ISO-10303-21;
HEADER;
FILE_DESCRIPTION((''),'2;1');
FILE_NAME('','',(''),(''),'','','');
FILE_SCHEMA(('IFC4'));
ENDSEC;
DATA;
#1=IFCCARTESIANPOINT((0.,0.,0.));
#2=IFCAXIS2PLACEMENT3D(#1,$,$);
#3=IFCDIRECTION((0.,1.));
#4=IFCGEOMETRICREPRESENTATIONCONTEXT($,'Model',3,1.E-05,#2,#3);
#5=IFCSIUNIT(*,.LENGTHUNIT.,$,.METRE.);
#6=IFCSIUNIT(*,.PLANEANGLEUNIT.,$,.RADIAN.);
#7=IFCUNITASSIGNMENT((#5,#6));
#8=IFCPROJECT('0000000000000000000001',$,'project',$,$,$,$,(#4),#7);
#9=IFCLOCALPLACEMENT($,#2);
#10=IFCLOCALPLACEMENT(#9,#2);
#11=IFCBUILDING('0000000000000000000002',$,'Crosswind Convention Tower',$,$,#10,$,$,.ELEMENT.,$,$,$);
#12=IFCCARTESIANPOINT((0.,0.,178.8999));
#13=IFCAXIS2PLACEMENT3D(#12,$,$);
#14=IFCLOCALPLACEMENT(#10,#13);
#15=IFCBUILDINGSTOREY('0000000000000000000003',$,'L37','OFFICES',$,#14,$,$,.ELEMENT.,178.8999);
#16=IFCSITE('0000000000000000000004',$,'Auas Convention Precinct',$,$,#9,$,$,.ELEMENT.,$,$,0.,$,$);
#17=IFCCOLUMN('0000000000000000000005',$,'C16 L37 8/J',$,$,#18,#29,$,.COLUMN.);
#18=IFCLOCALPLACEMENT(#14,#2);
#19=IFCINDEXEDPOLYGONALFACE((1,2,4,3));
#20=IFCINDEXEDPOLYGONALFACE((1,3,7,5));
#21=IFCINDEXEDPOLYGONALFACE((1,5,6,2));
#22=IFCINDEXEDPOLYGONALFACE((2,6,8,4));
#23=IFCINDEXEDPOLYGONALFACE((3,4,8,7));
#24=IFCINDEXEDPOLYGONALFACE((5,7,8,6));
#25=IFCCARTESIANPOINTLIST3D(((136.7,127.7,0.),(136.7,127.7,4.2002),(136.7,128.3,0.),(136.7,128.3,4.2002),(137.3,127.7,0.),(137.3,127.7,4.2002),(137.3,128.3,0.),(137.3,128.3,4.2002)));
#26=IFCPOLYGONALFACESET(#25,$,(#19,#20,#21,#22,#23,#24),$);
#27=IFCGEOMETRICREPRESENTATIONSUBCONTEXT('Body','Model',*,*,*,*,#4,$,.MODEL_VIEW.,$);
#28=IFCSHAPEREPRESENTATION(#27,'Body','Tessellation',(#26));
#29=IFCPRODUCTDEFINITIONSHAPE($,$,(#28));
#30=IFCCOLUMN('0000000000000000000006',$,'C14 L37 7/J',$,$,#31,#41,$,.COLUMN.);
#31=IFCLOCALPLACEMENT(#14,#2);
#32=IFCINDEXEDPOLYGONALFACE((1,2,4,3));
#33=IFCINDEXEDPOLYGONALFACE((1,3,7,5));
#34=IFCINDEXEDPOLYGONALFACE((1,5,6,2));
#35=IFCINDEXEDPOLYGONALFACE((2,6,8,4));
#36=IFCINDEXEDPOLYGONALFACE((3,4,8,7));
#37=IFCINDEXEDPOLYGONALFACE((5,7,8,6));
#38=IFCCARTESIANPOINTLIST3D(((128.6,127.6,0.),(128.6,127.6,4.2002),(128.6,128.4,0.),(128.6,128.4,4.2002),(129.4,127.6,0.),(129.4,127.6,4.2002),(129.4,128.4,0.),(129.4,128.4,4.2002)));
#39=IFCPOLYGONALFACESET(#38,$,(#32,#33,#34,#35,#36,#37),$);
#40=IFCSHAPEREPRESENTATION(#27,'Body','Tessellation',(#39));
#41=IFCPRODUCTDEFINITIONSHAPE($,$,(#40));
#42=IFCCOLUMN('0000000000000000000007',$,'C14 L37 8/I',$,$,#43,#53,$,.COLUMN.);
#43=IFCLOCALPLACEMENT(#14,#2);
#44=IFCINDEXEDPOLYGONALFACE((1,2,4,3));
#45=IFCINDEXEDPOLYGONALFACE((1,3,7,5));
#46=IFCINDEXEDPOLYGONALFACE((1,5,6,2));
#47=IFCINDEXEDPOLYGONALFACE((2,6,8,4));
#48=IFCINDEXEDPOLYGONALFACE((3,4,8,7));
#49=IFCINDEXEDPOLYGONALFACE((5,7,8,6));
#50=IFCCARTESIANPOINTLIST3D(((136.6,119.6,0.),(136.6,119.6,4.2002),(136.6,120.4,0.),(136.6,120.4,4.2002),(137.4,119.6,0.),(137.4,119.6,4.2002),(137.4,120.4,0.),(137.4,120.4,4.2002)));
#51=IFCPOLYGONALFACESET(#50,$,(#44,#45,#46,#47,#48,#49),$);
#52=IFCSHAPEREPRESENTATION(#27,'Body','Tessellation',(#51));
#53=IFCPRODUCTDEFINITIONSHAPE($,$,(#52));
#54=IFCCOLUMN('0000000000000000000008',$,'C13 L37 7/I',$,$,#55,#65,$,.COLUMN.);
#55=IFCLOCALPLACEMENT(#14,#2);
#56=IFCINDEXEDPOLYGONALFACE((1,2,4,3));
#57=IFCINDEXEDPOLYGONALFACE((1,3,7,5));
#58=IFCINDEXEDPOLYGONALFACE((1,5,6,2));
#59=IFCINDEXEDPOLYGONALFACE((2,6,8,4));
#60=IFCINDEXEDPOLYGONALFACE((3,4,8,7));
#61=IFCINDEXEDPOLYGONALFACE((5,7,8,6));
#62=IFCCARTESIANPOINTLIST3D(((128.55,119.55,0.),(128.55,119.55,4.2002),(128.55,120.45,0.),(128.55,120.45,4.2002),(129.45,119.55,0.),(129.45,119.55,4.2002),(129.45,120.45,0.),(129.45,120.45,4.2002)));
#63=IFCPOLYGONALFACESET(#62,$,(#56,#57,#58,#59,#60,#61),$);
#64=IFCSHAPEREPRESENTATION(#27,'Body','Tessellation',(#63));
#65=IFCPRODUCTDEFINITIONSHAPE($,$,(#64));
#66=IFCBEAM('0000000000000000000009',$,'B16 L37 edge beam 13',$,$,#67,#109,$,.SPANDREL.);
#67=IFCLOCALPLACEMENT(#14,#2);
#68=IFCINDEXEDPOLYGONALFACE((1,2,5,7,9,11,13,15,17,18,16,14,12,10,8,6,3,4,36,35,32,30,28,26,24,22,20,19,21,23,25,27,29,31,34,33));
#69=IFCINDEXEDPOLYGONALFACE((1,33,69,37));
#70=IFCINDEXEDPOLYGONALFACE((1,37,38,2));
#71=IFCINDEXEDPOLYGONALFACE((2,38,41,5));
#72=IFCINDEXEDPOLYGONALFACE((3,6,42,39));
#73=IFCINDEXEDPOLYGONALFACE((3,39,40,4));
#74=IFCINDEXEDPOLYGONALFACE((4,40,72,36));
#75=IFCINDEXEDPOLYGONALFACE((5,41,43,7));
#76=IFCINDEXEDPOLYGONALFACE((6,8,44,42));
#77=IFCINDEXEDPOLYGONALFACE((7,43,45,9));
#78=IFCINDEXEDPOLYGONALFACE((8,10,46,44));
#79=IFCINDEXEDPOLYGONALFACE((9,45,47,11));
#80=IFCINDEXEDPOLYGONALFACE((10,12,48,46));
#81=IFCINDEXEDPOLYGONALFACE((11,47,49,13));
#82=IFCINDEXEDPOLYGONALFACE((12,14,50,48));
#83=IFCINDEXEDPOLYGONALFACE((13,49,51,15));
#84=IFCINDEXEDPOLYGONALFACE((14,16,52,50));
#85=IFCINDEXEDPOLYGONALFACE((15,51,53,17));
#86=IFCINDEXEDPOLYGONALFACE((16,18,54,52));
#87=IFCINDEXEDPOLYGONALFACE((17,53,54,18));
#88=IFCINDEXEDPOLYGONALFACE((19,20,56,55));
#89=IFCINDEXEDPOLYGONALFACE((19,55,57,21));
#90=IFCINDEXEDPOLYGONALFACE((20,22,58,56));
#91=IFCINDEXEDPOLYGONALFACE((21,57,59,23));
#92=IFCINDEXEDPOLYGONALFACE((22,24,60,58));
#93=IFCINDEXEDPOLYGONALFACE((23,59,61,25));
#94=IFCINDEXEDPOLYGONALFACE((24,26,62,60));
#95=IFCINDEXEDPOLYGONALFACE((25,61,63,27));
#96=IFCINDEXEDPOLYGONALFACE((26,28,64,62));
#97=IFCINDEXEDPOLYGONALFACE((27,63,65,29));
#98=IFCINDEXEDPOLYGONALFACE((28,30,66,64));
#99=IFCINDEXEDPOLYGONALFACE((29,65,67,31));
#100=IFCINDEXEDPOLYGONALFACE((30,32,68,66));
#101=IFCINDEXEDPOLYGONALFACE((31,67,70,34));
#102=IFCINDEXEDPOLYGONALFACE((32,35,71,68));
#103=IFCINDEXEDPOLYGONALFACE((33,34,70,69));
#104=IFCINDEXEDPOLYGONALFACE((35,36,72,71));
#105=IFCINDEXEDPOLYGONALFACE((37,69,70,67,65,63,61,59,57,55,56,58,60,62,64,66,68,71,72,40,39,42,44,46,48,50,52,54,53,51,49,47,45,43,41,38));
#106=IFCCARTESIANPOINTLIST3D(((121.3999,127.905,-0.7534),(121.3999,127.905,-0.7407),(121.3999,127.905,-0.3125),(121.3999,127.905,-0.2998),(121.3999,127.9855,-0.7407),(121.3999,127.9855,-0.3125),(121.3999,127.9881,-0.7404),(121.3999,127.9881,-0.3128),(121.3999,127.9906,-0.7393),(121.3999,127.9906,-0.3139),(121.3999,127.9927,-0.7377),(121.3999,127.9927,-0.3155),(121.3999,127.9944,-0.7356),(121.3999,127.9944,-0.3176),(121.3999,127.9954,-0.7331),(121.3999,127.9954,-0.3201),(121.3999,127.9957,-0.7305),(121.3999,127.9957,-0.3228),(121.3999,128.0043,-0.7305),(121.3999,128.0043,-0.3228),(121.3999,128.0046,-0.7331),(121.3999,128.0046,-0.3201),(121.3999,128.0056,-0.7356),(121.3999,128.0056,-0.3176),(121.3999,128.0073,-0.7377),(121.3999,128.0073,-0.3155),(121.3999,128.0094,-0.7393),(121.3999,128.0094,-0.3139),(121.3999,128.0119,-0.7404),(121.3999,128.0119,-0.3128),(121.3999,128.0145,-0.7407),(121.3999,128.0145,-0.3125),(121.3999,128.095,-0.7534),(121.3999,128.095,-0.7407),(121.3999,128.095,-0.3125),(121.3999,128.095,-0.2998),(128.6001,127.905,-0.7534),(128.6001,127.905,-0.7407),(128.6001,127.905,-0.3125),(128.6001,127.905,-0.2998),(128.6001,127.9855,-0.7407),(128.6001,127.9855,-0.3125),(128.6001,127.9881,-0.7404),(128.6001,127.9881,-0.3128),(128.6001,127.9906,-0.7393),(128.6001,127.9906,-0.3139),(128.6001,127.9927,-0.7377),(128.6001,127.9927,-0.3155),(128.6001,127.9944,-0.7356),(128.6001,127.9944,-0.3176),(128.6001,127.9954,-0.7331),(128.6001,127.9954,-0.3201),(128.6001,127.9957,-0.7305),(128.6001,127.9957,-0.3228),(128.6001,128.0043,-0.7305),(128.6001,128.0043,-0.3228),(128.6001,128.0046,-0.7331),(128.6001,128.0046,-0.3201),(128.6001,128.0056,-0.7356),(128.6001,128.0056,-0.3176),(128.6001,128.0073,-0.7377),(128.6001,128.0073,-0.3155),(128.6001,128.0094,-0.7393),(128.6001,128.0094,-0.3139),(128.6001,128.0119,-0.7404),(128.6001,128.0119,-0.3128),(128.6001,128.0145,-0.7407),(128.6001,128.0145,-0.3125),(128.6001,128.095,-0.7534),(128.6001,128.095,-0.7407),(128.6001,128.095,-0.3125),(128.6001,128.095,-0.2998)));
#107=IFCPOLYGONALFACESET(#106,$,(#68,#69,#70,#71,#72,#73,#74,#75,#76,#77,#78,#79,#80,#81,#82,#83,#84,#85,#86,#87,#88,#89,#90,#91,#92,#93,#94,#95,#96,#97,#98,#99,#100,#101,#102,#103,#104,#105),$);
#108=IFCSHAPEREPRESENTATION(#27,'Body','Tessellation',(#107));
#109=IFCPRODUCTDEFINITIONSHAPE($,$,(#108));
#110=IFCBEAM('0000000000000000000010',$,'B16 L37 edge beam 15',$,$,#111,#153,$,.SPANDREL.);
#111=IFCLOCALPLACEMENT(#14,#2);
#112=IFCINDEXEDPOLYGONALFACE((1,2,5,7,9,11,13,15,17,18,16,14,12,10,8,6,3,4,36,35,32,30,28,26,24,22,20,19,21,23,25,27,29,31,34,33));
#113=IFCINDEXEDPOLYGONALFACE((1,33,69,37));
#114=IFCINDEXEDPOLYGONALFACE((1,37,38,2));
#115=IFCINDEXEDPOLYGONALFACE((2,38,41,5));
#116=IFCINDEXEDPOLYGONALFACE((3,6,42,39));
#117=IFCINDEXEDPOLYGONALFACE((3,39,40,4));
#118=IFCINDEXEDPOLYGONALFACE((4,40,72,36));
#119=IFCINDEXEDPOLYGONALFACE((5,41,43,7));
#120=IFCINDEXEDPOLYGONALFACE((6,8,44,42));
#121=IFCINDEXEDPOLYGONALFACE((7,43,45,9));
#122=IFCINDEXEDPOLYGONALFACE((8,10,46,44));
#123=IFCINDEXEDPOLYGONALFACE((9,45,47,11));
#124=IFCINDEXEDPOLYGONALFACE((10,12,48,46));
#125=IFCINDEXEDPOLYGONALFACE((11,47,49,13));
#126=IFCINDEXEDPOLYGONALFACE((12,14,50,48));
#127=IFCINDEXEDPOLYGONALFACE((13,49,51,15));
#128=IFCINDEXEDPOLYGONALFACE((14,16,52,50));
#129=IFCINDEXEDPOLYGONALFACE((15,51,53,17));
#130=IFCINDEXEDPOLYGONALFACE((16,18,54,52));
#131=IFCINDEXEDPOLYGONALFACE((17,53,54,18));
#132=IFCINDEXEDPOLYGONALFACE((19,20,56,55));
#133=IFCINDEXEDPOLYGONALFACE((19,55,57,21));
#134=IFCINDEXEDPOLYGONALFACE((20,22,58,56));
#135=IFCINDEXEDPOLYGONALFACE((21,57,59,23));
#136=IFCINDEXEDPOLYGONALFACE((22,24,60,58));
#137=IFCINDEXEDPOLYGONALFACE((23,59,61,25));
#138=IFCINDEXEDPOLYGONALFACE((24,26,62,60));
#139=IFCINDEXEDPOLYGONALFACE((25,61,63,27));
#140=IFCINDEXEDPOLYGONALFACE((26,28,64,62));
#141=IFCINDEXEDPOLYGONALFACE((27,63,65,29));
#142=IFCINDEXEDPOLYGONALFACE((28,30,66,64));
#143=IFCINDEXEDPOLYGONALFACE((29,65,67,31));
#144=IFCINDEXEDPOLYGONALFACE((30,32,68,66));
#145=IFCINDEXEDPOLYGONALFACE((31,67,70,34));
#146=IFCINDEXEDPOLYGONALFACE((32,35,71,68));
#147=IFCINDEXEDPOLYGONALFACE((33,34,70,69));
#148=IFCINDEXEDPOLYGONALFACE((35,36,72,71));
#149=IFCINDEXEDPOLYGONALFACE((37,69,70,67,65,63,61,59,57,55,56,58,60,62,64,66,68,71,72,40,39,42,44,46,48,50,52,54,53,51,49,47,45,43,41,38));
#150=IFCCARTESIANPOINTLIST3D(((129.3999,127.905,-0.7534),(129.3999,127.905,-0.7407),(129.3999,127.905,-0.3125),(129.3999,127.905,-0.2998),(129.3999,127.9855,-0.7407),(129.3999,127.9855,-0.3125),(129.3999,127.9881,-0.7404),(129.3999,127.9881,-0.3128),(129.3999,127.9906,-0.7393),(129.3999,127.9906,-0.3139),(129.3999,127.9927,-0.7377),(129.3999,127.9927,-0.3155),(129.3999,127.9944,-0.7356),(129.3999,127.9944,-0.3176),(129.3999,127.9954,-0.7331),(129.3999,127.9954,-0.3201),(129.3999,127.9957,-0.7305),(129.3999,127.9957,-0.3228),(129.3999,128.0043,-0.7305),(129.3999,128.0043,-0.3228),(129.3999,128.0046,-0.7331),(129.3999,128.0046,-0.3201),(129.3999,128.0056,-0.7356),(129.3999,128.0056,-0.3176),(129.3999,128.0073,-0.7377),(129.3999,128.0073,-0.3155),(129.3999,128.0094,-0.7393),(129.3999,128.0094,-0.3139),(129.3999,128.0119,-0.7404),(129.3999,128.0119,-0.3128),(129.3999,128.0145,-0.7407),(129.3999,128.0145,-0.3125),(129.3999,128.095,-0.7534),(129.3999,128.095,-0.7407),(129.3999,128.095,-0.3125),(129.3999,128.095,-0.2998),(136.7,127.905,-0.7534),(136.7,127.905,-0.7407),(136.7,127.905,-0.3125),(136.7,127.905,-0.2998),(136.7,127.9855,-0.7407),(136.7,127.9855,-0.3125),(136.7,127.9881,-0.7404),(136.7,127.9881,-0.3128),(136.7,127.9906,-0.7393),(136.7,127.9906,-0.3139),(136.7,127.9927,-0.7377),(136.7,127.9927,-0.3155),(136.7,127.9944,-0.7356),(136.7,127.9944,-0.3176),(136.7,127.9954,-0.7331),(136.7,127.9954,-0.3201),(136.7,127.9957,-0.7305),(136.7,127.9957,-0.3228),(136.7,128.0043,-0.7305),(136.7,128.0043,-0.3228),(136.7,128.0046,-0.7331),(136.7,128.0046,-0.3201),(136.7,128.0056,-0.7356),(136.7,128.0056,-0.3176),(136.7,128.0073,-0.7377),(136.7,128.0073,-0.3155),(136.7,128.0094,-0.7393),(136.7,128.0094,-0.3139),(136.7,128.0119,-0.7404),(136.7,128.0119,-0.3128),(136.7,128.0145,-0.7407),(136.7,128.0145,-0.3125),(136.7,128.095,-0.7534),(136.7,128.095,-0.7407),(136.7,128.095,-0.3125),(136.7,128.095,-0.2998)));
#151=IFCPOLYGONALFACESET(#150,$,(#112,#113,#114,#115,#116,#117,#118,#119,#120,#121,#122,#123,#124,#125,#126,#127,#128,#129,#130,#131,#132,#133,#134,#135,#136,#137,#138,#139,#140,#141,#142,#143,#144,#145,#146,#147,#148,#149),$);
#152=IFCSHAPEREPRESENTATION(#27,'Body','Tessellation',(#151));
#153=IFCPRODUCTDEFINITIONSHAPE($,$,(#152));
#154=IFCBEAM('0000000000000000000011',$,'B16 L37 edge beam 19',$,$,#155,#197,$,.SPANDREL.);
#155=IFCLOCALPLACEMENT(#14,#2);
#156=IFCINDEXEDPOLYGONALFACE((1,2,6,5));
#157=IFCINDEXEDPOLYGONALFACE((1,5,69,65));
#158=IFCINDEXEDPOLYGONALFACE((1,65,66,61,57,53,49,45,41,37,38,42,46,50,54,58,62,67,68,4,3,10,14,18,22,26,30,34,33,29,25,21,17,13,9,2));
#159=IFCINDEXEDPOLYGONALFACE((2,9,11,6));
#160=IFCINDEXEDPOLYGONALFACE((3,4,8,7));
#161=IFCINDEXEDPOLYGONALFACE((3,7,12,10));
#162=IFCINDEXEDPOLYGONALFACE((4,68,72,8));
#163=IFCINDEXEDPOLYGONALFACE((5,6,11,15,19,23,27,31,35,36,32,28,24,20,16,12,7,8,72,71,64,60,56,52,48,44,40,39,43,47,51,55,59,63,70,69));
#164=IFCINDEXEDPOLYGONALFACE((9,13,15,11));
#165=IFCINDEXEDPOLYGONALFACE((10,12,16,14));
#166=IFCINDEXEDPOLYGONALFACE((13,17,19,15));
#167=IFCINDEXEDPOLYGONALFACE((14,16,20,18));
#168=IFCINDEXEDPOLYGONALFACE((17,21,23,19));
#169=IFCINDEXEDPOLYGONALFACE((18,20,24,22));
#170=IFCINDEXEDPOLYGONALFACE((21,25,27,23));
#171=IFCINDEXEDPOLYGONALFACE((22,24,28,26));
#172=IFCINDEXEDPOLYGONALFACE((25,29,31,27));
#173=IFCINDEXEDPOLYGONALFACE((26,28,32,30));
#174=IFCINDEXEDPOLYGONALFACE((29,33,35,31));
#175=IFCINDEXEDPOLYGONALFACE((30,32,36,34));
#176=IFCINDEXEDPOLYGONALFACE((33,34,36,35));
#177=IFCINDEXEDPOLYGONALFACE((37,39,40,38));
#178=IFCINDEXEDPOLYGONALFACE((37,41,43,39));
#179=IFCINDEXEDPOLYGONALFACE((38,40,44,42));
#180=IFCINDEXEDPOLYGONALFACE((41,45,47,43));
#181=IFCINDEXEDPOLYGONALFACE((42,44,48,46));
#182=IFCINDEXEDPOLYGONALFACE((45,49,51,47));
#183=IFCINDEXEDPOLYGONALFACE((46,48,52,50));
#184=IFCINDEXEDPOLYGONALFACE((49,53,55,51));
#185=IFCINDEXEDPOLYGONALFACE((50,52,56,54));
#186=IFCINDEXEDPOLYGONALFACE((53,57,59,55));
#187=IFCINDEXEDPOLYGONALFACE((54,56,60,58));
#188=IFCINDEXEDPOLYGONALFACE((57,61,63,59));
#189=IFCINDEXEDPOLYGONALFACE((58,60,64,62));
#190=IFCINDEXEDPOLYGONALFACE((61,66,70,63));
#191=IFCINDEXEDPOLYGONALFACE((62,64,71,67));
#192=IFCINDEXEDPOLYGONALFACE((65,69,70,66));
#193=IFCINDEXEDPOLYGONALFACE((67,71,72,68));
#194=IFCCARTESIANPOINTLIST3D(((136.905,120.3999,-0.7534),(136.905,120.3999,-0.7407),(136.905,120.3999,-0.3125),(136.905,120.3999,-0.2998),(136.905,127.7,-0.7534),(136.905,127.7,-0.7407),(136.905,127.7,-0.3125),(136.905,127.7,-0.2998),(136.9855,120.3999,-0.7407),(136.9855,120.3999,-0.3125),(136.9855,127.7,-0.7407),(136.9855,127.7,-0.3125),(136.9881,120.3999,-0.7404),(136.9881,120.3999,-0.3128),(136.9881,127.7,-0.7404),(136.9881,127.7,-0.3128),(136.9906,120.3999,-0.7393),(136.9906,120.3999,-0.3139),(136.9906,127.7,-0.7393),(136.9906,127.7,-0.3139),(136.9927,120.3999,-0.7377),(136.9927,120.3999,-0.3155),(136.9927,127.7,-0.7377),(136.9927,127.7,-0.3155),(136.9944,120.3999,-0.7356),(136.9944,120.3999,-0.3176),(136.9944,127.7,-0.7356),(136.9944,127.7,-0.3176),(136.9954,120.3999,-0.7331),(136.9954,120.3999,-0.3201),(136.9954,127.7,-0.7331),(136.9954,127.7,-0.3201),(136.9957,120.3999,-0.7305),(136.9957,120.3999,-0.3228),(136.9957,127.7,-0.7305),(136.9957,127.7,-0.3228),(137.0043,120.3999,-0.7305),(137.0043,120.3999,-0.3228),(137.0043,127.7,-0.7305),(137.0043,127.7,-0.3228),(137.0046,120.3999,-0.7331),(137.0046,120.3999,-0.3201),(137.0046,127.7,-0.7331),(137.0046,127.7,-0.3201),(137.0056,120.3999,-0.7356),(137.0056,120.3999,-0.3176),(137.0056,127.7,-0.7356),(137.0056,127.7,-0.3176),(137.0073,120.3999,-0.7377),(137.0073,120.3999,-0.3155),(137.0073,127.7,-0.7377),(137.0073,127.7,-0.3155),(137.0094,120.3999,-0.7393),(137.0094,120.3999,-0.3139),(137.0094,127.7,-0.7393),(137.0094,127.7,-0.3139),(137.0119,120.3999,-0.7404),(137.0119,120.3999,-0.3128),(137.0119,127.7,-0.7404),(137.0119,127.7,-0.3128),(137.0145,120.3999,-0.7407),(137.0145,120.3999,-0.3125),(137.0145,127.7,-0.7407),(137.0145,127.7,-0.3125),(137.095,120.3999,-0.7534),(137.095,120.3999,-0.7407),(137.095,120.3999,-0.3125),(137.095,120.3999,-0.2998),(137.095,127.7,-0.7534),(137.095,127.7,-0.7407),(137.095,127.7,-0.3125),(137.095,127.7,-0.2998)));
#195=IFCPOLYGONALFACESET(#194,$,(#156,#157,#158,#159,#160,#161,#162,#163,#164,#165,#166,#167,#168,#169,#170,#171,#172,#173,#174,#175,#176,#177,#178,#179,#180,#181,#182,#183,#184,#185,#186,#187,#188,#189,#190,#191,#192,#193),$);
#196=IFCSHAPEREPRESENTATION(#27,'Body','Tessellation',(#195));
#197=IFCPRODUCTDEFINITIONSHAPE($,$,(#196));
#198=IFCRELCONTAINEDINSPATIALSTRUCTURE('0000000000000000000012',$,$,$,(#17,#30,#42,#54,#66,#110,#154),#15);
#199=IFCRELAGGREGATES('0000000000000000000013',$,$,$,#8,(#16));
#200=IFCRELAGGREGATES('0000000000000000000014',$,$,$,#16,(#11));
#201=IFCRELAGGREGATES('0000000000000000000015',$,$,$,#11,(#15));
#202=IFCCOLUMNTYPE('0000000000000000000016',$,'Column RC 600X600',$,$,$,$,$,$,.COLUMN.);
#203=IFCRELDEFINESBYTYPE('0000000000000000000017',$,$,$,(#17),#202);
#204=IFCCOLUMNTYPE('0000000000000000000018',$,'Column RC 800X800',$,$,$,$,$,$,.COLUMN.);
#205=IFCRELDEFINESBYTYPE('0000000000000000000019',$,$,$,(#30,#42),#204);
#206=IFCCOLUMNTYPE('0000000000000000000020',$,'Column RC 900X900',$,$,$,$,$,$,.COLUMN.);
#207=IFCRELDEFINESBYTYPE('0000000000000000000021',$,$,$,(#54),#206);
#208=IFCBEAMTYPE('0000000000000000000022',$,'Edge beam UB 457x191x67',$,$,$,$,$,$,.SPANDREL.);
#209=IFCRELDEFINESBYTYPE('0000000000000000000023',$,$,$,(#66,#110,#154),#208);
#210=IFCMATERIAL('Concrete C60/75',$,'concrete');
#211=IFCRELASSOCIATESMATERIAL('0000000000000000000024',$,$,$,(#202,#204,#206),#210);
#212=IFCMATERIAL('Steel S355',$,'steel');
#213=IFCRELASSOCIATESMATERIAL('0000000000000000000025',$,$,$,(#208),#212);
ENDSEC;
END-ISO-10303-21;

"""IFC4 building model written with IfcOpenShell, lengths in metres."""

from ifc_helpers import new_model, si_unit, direction, frame, origin, origin_2d, place, context, subcontext, project, spatial, rectangle, i_section, extrude, material, material_profile, profile_set, type_object, element, save


model = new_model("IFC4")

# Units and contexts
model_context = context("Model", 3, precision=1e-05, world=origin(), true_north=direction((0.0, 1.0)))
body_context = subcontext(model_context, "Body", "Model", "MODEL_VIEW")
ifc_project = project(units=[si_unit("LENGTHUNIT", "METRE"), si_unit("PLANEANGLEUNIT", "RADIAN")], contexts=[model_context])

# Site, building, storey
site_placement = place(None, origin())
site = spatial("IfcSite", under=ifc_project, at=site_placement, Name="Auas Convention Precinct", CompositionType="ELEMENT", RefElevation=0.0)
building_placement = place(site_placement, origin())
building = spatial("IfcBuilding", under=site, at=building_placement, Name="Crosswind Convention Tower", CompositionType="ELEMENT")
storey_placement = place(building_placement, frame((0.0, 0.0, 178.8999)))
storey = spatial("IfcBuildingStorey", under=building, at=storey_placement, Name="L37", Description="OFFICES", CompositionType="ELEMENT", Elevation=178.8999)

# Columns
ifc_material_1 = material(Name="Concrete C60/75", Category="concrete")
ifc_material_profile_1 = material_profile(ifc_material_1, rectangle(XDim=0.6001, YDim=0.6001, at=origin_2d()), Name="RC 600X600")
ifc_profile_set_1 = profile_set([ifc_material_profile_1], Name="Concrete C60/75")
column_type_1 = type_object("IfcColumnType", Name="Column RC 600X600", PredefinedType="COLUMN", material=ifc_profile_set_1)
column_1_placement = place(storey_placement, frame((137.0, 128.0, 0.0), z_axis=(0.0, 0.0, 1.0), x_axis=(1.0, 0.0, 0.0)))
element("IfcColumn", 1, at=column_1_placement, inside=storey, type_object=column_type_1, Name="C16 L37 8/J", PredefinedType="COLUMN", context=body_context, shape_type="SweptSolid", body=[
    extrude(rectangle(XDim=0.6001, YDim=0.6001, at=origin_2d()), origin(), (0.0, 0.0, 1.0), 4.2002),
])
ifc_material_profile_2 = material_profile(ifc_material_1, rectangle(XDim=0.8, YDim=0.8, at=origin_2d()), Name="RC 800X800")
ifc_profile_set_2 = profile_set([ifc_material_profile_2], Name="Concrete C60/75")
column_type_2 = type_object("IfcColumnType", Name="Column RC 800X800", PredefinedType="COLUMN", material=ifc_profile_set_2)
for number, where, z_axis, x_axis, name in (
    (2, (129.0, 128.0, 0.0), (0.0, 0.0, 1.0), (1.0, 0.0, 0.0), "C14 L37 7/J"),
    (3, (137.0, 120.0, 0.0), (0.0, 0.0, 1.0), (1.0, 0.0, 0.0), "C14 L37 8/I"),
):
    element("IfcColumn", number, at=place(storey_placement, frame(where, z_axis=z_axis, x_axis=x_axis)), inside=storey, type_object=column_type_2, Name=name, PredefinedType="COLUMN", context=body_context, shape_type="SweptSolid", body=[
        extrude(rectangle(XDim=0.8, YDim=0.8, at=origin_2d()), origin(), (0.0, 0.0, 1.0), 4.2002),
    ])
ifc_material_profile_3 = material_profile(ifc_material_1, rectangle(XDim=0.8999, YDim=0.8999, at=origin_2d()), Name="RC 900X900")
ifc_profile_set_3 = profile_set([ifc_material_profile_3], Name="Concrete C60/75")
column_type_3 = type_object("IfcColumnType", Name="Column RC 900X900", PredefinedType="COLUMN", material=ifc_profile_set_3)
column_2_placement = place(storey_placement, frame((129.0, 120.0, 0.0), z_axis=(0.0, 0.0, 1.0), x_axis=(1.0, 0.0, 0.0)))
element("IfcColumn", 4, at=column_2_placement, inside=storey, type_object=column_type_3, Name="C13 L37 7/I", PredefinedType="COLUMN", context=body_context, shape_type="SweptSolid", body=[
    extrude(rectangle(XDim=0.8999, YDim=0.8999, at=origin_2d()), origin(), (0.0, 0.0, 1.0), 4.2002),
])

# Beams
ifc_material_2 = material(Name="Steel S355", Category="steel")
ifc_material_profile_4 = material_profile(ifc_material_2, i_section(OverallWidth=0.1899, OverallDepth=0.4536, WebThickness=0.0085, FlangeThickness=0.0127, FilletRadius=0.0103, at=origin_2d()), Name="UB 457x191x67")
ifc_profile_set_4 = profile_set([ifc_material_profile_4], Name="Steel S355")
beam_type_1 = type_object("IfcBeamType", Name="Edge beam UB 457x191x67", PredefinedType="SPANDREL", material=ifc_profile_set_4)
beam_1_placement = place(storey_placement, frame((121.3999, 128.0, -0.5266), z_axis=(1.0, 0.0, 0.0), x_axis=(0.0, 1.0, 0.0)))
element("IfcBeam", 5, at=beam_1_placement, inside=storey, type_object=beam_type_1, Name="B16 L37 edge beam 13", PredefinedType="SPANDREL", context=body_context, shape_type="SweptSolid", body=[
    extrude(i_section(OverallWidth=0.1899, OverallDepth=0.4536, WebThickness=0.0085, FlangeThickness=0.0127, FilletRadius=0.0103, at=origin_2d()), origin(), (0.0, 0.0, 1.0), 7.2002),
])
for number, where, z_axis, x_axis, name in (
    (6, (129.3999, 128.0, -0.5266), (1.0, 0.0, 0.0), (0.0, 1.0, 0.0), "B16 L37 edge beam 15"),
    (7, (137.0, 120.3999, -0.5266), (0.0, 1.0, 0.0), (-1.0, 0.0, 0.0), "B16 L37 edge beam 19"),
):
    element("IfcBeam", number, at=place(storey_placement, frame(where, z_axis=z_axis, x_axis=x_axis)), inside=storey, type_object=beam_type_1, Name=name, PredefinedType="SPANDREL", context=body_context, shape_type="SweptSolid", body=[
        extrude(i_section(OverallWidth=0.1899, OverallDepth=0.4536, WebThickness=0.0085, FlangeThickness=0.0127, FilletRadius=0.0103, at=origin_2d()), origin(), (0.0, 0.0, 1.0), 7.3),
    ])

save(model, "model.ifc")
